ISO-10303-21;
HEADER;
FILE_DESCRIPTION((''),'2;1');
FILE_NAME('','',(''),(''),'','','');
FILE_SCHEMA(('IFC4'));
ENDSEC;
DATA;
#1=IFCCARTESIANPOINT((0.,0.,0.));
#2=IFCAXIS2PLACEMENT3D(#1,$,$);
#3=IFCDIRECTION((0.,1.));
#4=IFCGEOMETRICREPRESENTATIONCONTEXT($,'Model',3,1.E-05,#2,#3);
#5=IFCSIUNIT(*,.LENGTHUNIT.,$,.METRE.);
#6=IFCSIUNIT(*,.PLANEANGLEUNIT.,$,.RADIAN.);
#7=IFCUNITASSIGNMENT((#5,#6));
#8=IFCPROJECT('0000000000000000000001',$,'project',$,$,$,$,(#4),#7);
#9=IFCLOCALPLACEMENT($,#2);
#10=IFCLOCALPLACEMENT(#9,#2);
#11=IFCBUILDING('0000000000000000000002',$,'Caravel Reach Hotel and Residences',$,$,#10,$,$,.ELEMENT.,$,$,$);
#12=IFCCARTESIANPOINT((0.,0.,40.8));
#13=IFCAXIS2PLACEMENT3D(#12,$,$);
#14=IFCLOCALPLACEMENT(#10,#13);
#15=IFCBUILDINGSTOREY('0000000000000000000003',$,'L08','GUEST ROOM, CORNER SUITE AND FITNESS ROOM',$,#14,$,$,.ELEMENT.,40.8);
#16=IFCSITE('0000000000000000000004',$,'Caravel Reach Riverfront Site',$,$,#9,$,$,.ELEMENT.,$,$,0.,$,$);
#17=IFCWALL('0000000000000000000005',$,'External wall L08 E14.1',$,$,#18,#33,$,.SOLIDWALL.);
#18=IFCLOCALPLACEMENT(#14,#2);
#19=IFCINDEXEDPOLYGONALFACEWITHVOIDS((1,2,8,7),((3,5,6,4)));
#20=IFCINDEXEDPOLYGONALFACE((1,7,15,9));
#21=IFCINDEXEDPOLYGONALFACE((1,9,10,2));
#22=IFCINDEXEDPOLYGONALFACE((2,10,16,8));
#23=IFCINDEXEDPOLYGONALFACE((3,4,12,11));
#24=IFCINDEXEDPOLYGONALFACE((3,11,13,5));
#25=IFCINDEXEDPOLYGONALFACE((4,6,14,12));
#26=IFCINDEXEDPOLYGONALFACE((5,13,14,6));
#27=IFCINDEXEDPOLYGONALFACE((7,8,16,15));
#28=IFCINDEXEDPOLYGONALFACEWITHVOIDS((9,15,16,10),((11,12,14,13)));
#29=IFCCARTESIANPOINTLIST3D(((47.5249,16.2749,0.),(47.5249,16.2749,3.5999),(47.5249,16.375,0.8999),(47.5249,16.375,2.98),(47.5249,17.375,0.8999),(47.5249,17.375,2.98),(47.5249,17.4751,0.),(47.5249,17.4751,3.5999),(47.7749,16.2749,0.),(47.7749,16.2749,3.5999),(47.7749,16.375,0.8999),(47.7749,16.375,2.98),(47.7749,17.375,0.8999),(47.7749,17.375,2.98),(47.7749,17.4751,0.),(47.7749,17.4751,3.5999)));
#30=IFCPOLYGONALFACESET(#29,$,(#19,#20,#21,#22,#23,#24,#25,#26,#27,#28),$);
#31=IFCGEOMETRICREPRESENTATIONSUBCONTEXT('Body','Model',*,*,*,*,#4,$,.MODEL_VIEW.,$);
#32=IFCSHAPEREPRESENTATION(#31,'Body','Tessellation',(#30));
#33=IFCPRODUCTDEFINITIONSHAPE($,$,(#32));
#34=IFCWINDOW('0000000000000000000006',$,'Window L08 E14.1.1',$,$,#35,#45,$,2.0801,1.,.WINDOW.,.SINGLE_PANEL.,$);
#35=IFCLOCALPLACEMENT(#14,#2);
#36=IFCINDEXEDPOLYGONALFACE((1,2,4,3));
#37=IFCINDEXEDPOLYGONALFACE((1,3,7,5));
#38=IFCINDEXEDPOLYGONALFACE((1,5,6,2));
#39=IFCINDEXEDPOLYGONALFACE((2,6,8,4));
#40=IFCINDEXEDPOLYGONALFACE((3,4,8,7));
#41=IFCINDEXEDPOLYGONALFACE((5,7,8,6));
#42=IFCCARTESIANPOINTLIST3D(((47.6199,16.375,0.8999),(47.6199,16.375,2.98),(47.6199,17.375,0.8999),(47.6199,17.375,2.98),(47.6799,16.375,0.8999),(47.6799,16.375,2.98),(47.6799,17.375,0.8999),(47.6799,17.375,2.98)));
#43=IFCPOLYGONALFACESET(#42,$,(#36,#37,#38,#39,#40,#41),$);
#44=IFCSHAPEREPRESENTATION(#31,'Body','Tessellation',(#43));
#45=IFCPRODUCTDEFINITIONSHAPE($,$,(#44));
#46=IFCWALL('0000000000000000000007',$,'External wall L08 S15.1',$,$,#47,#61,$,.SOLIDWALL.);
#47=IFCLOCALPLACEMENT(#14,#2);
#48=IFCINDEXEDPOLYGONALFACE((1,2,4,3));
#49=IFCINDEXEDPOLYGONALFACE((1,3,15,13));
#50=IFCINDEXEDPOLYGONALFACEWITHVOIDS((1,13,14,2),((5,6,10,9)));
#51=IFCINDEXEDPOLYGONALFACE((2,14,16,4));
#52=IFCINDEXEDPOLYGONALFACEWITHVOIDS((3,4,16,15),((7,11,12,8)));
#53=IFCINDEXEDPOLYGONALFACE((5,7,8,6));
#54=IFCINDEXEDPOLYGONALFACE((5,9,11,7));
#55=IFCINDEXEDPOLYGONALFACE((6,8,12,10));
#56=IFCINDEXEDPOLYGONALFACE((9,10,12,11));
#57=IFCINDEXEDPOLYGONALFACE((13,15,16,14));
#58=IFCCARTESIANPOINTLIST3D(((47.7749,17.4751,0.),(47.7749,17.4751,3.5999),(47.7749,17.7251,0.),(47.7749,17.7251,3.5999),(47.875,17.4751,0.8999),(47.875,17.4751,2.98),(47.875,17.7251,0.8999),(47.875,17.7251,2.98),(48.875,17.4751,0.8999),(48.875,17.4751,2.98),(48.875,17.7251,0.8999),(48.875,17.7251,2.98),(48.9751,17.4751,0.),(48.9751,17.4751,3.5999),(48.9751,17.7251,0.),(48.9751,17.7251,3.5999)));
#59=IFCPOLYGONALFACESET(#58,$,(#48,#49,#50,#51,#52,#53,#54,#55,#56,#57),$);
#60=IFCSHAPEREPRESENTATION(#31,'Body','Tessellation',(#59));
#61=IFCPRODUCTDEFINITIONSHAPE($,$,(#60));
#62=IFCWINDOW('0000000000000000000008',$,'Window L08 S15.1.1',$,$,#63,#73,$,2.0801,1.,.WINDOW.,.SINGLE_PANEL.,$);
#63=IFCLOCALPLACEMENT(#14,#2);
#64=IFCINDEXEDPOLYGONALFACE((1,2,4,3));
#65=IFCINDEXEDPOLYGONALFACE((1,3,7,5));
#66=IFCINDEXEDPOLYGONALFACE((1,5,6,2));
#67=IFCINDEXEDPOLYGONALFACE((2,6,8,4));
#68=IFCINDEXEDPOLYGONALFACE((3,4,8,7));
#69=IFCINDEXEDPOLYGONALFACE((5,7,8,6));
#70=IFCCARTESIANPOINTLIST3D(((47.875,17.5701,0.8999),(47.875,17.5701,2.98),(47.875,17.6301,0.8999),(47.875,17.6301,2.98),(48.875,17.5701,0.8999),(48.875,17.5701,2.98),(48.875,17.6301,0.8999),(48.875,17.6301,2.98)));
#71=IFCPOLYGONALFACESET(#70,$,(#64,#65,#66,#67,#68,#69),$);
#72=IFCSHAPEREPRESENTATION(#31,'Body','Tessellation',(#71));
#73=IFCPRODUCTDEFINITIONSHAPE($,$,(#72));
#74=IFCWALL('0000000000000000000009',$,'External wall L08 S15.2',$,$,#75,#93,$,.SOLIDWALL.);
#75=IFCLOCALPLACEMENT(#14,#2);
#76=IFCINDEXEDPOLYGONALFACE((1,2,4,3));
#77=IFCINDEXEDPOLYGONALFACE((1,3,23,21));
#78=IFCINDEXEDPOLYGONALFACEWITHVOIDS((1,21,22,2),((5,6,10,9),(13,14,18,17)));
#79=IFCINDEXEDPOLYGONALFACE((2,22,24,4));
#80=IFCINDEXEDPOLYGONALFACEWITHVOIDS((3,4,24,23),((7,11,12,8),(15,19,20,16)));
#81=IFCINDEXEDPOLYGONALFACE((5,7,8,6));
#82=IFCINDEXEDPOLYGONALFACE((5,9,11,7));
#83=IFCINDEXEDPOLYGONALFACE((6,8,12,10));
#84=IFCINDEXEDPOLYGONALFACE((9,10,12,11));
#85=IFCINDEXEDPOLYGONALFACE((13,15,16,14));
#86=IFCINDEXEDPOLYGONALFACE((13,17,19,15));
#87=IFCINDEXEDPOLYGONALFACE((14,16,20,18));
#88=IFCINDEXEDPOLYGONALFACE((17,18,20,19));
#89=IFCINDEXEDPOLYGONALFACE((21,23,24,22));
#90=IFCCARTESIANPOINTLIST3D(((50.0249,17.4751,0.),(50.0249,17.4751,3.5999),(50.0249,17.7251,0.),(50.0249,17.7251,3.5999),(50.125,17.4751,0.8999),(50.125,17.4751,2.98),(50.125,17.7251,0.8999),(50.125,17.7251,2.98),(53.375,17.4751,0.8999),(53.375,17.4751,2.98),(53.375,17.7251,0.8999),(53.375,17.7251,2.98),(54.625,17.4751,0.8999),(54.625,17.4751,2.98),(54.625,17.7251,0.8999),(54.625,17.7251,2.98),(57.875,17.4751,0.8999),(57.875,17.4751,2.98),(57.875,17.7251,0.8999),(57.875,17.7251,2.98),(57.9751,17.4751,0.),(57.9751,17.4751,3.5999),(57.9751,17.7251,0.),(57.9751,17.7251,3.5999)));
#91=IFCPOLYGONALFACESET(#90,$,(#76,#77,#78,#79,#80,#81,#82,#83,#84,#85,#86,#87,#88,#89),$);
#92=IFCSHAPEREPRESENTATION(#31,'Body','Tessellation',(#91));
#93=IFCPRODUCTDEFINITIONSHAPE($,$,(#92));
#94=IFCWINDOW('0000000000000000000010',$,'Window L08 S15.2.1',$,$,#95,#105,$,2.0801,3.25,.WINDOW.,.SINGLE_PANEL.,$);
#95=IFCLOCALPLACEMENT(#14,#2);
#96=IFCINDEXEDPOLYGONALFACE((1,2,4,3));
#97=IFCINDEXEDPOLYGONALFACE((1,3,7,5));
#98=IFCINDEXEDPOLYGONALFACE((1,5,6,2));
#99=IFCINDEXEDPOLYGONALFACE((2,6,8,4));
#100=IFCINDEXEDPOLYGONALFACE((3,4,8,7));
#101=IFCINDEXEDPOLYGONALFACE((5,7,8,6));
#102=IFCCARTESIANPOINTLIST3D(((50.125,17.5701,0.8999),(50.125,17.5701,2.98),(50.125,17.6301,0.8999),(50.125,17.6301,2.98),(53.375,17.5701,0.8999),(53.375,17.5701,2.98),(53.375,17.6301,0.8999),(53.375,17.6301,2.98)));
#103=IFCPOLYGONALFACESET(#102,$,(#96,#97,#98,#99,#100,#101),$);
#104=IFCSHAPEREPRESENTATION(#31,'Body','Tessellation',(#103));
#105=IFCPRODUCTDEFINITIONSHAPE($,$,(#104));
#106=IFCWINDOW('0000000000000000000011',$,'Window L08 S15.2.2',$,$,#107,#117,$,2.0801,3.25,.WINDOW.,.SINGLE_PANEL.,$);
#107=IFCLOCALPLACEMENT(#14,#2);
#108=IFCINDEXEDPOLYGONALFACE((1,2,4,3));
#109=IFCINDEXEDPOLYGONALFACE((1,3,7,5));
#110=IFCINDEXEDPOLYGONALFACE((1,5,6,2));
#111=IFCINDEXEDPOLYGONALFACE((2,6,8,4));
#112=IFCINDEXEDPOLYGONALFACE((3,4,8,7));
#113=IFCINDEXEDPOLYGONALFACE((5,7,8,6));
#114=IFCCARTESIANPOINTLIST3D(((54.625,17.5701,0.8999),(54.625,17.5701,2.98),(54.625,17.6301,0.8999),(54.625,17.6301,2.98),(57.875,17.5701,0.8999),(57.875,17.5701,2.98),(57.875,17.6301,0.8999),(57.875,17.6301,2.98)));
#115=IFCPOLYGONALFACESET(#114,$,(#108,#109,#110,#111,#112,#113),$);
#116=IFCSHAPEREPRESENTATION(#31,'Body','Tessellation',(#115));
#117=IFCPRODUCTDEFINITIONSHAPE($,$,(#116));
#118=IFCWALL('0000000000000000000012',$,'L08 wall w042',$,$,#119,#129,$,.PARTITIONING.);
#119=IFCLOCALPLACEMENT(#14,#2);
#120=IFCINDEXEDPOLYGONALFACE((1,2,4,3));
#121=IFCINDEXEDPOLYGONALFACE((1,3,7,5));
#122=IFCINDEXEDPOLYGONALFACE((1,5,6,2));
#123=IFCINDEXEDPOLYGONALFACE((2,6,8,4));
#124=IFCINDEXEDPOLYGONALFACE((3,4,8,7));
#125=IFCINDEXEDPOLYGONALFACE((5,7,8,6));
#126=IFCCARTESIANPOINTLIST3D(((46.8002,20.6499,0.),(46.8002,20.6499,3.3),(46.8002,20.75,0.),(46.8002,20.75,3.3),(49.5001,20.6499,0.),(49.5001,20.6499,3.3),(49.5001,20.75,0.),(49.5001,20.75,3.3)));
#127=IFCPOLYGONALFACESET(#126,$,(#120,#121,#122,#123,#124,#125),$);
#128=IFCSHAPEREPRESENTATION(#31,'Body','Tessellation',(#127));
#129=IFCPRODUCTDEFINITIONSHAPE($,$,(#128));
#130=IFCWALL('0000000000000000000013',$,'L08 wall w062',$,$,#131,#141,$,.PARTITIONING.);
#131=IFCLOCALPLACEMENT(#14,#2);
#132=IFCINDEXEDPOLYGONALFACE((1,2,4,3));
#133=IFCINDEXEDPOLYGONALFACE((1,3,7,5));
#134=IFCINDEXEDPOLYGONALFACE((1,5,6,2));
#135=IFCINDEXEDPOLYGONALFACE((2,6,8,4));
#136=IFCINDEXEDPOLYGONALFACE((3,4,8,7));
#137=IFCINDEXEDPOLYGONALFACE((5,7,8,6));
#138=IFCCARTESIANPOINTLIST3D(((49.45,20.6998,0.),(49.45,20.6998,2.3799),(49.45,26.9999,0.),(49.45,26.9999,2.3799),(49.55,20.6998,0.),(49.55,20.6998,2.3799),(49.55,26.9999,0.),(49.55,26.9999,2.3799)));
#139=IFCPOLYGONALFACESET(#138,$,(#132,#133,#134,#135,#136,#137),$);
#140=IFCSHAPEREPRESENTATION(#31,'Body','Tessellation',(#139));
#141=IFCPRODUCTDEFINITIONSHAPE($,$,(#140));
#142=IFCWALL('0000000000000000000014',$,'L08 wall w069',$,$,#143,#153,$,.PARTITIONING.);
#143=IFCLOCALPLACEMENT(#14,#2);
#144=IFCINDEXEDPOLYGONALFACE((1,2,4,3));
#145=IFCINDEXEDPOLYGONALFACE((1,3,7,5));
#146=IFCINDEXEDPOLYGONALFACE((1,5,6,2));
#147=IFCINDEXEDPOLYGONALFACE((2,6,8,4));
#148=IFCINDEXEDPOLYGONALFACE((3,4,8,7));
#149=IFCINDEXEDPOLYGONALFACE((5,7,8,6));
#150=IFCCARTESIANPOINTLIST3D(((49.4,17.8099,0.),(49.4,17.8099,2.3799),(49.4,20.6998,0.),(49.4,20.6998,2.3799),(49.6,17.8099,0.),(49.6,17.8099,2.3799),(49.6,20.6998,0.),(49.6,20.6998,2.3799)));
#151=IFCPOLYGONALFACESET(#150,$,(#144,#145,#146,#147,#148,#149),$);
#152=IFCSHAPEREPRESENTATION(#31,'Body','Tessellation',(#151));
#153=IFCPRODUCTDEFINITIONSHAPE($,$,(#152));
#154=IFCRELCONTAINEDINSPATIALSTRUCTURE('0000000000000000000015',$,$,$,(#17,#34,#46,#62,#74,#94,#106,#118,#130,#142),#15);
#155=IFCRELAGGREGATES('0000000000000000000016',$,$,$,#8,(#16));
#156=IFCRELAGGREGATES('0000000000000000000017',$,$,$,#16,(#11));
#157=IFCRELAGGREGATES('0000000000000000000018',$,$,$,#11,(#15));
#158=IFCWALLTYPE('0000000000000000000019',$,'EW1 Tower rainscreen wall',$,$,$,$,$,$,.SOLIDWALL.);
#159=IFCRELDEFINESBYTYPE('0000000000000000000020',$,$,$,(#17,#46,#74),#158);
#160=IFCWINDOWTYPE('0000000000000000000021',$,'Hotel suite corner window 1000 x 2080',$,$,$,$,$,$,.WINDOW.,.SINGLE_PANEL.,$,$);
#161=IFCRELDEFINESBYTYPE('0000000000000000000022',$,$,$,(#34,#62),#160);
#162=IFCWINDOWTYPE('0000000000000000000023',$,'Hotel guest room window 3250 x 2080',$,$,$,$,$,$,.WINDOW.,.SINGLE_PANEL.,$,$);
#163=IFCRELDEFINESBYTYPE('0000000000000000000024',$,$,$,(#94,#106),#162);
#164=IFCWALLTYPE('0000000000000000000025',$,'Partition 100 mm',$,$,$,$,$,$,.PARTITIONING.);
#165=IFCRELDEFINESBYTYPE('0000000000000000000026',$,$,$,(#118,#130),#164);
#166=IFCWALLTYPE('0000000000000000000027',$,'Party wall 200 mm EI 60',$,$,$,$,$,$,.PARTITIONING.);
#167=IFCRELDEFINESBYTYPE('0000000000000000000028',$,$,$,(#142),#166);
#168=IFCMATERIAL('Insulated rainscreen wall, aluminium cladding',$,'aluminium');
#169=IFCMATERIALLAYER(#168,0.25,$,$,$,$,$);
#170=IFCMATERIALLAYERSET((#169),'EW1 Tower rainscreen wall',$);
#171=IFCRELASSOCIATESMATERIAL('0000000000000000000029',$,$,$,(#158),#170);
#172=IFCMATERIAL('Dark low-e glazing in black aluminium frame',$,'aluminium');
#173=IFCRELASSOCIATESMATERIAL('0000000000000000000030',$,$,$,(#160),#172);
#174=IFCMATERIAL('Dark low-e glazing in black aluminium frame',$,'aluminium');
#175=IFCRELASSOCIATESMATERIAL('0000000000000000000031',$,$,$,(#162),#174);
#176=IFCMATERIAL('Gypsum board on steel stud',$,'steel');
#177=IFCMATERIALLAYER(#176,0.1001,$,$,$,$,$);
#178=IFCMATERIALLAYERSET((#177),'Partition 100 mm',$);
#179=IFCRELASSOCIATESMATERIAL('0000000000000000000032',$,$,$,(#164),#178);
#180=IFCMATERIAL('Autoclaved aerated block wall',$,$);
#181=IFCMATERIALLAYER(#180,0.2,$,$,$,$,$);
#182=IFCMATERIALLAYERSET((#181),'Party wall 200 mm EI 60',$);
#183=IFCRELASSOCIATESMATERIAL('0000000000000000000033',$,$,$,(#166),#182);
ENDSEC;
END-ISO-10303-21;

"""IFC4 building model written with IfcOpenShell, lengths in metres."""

from ifc_helpers import new_model, si_unit, direction, frame, frame_2d, origin, place, context, subcontext, project, spatial, rectangle, extrude, material, layer, layer_set, type_object, element, fill, save


model = new_model("IFC4")

# Units and contexts
model_context = context("Model", 3, precision=1e-05, world=origin(), true_north=direction((0.0, 1.0)))
body_context = subcontext(model_context, "Body", "Model", "MODEL_VIEW")
ifc_project = project(units=[si_unit("LENGTHUNIT", "METRE"), si_unit("PLANEANGLEUNIT", "RADIAN")], contexts=[model_context])

# Site, building, storey
site_placement = place(None, origin())
site = spatial("IfcSite", under=ifc_project, at=site_placement, Name="Caravel Reach Riverfront Site", CompositionType="ELEMENT", RefElevation=0.0)
building_placement = place(site_placement, origin())
building = spatial("IfcBuilding", under=site, at=building_placement, Name="Caravel Reach Hotel and Residences", CompositionType="ELEMENT")
storey_placement = place(building_placement, frame((0.0, 0.0, 40.8)))
storey = spatial("IfcBuildingStorey", under=building, at=storey_placement, Name="L08", Description="GUEST ROOM, CORNER SUITE AND FITNESS ROOM", CompositionType="ELEMENT", Elevation=40.8)

# Walls, openings, windows
ifc_material_1 = material(Name="Insulated rainscreen wall, aluminium cladding", Category="aluminium")
ifc_layer_1 = layer(ifc_material_1, 0.25)
ifc_layer_set_1 = layer_set([ifc_layer_1], Name="EW1 Tower rainscreen wall")
wall_type_1 = type_object("IfcWallType", Name="EW1 Tower rainscreen wall", PredefinedType="SOLIDWALL", material=ifc_layer_set_1)
ifc_material_2 = material(Name="Dark low-e glazing in black aluminium frame", Category="aluminium")
window_type_1 = type_object("IfcWindowType", Name="Hotel suite corner window 1000 x 2080", PartitioningType="SINGLE_PANEL", PredefinedType="WINDOW", material=ifc_material_2)
wall_1_placement = place(storey_placement, frame((47.6499, 16.2749, 0.0), z_axis=(0.0, 0.0, 1.0), x_axis=(0.0, 1.0, 0.0)))
wall_1 = element("IfcWall", 1, at=wall_1_placement, inside=storey, type_object=wall_type_1, Name="External wall L08 E14.1", PredefinedType="SOLIDWALL", context=body_context, shape_type="SweptSolid", body=[
    extrude(rectangle(XDim=1.2002, YDim=0.25, at=frame_2d((0.6001, 0.0))), origin(), (0.0, 0.0, 1.0), 3.5999),
])
opening_1_placement = place(wall_1_placement, frame((0.1001, 0.0, 0.8999)))
opening_1 = element("IfcOpeningElement", 2, at=opening_1_placement, cuts=wall_1, PredefinedType="OPENING", context=body_context, shape_type="SweptSolid", body=[
    extrude(rectangle(XDim=1.0, YDim=2.0801, at=frame_2d((0.5, 1.04))), frame((0.0, 0.135, 0.0), z_axis=(0.0, -1.0, 0.0), x_axis=(1.0, 0.0, 0.0)), (0.0, 0.0, 1.0), 0.27),
])
window_1_placement = place(opening_1_placement, origin())
window_1 = element("IfcWindow", 3, at=window_1_placement, inside=storey, type_object=window_type_1, Name="Window L08 E14.1.1", OverallHeight=2.0801, OverallWidth=1.0, PartitioningType="SINGLE_PANEL", PredefinedType="WINDOW", context=body_context, shape_type="SweptSolid", body=[
    extrude(rectangle(XDim=1.0, YDim=2.0801, at=frame_2d((0.5, 1.04))), frame((0.0, 0.03, 0.0), z_axis=(0.0, -1.0, 0.0), x_axis=(1.0, 0.0, 0.0)), (0.0, 0.0, 1.0), 0.0601),
])
fill(opening_1, window_1)
wall_2_placement = place(storey_placement, frame((47.7749, 17.6001, 0.0), z_axis=(0.0, 0.0, 1.0), x_axis=(1.0, 0.0, 0.0)))
wall_2 = element("IfcWall", 4, at=wall_2_placement, inside=storey, type_object=wall_type_1, Name="External wall L08 S15.1", PredefinedType="SOLIDWALL", context=body_context, shape_type="SweptSolid", body=[
    extrude(rectangle(XDim=1.2002, YDim=0.25, at=frame_2d((0.6001, 0.0))), origin(), (0.0, 0.0, 1.0), 3.5999),
])
opening_2_placement = place(wall_2_placement, frame((0.1001, 0.0, 0.8999)))
opening_2 = element("IfcOpeningElement", 5, at=opening_2_placement, cuts=wall_2, PredefinedType="OPENING", context=body_context, shape_type="SweptSolid", body=[
    extrude(rectangle(XDim=1.0, YDim=2.0801, at=frame_2d((0.5, 1.04))), frame((0.0, 0.135, 0.0), z_axis=(0.0, -1.0, 0.0), x_axis=(1.0, 0.0, 0.0)), (0.0, 0.0, 1.0), 0.27),
])
window_2_placement = place(opening_2_placement, origin())
window_2 = element("IfcWindow", 6, at=window_2_placement, inside=storey, type_object=window_type_1, Name="Window L08 S15.1.1", OverallHeight=2.0801, OverallWidth=1.0, PartitioningType="SINGLE_PANEL", PredefinedType="WINDOW", context=body_context, shape_type="SweptSolid", body=[
    extrude(rectangle(XDim=1.0, YDim=2.0801, at=frame_2d((0.5, 1.04))), frame((0.0, 0.03, 0.0), z_axis=(0.0, -1.0, 0.0), x_axis=(1.0, 0.0, 0.0)), (0.0, 0.0, 1.0), 0.0601),
])
fill(opening_2, window_2)

# Wall, openings, windows
wall_3_placement = place(storey_placement, frame((50.0249, 17.6001, 0.0), z_axis=(0.0, 0.0, 1.0), x_axis=(1.0, 0.0, 0.0)))
wall_3 = element("IfcWall", 7, at=wall_3_placement, inside=storey, type_object=wall_type_1, Name="External wall L08 S15.2", PredefinedType="SOLIDWALL", context=body_context, shape_type="SweptSolid", body=[
    extrude(rectangle(XDim=7.9502, YDim=0.25, at=frame_2d((3.9751, 0.0))), origin(), (0.0, 0.0, 1.0), 3.5999),
])
opening_3_placement = place(wall_3_placement, frame((0.1001, 0.0, 0.8999)))
opening_3 = element("IfcOpeningElement", 8, at=opening_3_placement, cuts=wall_3, PredefinedType="OPENING", context=body_context, shape_type="SweptSolid", body=[
    extrude(rectangle(XDim=3.25, YDim=2.0801, at=frame_2d((1.625, 1.04))), frame((0.0, 0.135, 0.0), z_axis=(0.0, -1.0, 0.0), x_axis=(1.0, 0.0, 0.0)), (0.0, 0.0, 1.0), 0.27),
])
opening_4_placement = place(wall_3_placement, frame((4.6001, 0.0, 0.8999)))
opening_4 = element("IfcOpeningElement", 9, at=opening_4_placement, cuts=wall_3, PredefinedType="OPENING", context=body_context, shape_type="SweptSolid", body=[
    extrude(rectangle(XDim=3.25, YDim=2.0801, at=frame_2d((1.625, 1.04))), frame((0.0, 0.135, 0.0), z_axis=(0.0, -1.0, 0.0), x_axis=(1.0, 0.0, 0.0)), (0.0, 0.0, 1.0), 0.27),
])
ifc_material_3 = material(Name="Dark low-e glazing in black aluminium frame", Category="aluminium")
window_type_2 = type_object("IfcWindowType", Name="Hotel guest room window 3250 x 2080", PartitioningType="SINGLE_PANEL", PredefinedType="WINDOW", material=ifc_material_3)
window_3_placement = place(opening_3_placement, origin())
window_3 = element("IfcWindow", 10, at=window_3_placement, inside=storey, type_object=window_type_2, Name="Window L08 S15.2.1", OverallHeight=2.0801, OverallWidth=3.25, PartitioningType="SINGLE_PANEL", PredefinedType="WINDOW", context=body_context, shape_type="SweptSolid", body=[
    extrude(rectangle(XDim=3.25, YDim=2.0801, at=frame_2d((1.625, 1.04))), frame((0.0, 0.03, 0.0), z_axis=(0.0, -1.0, 0.0), x_axis=(1.0, 0.0, 0.0)), (0.0, 0.0, 1.0), 0.0601),
])
fill(opening_3, window_3)
window_4_placement = place(opening_4_placement, origin())
window_4 = element("IfcWindow", 11, at=window_4_placement, inside=storey, type_object=window_type_2, Name="Window L08 S15.2.2", OverallHeight=2.0801, OverallWidth=3.25, PartitioningType="SINGLE_PANEL", PredefinedType="WINDOW", context=body_context, shape_type="SweptSolid", body=[
    extrude(rectangle(XDim=3.25, YDim=2.0801, at=frame_2d((1.625, 1.04))), frame((0.0, 0.03, 0.0), z_axis=(0.0, -1.0, 0.0), x_axis=(1.0, 0.0, 0.0)), (0.0, 0.0, 1.0), 0.0601),
])
fill(opening_4, window_4)

# Walls
ifc_material_4 = material(Name="Gypsum board on steel stud", Category="steel")
ifc_layer_2 = layer(ifc_material_4, 0.1001)
ifc_layer_set_2 = layer_set([ifc_layer_2], Name="Partition 100 mm")
wall_type_2 = type_object("IfcWallType", Name="Partition 100 mm", PredefinedType="PARTITIONING", material=ifc_layer_set_2)
wall_4_placement = place(storey_placement, frame((46.8, 20.7, 0.0), z_axis=(0.0, 0.0, 1.0), x_axis=(1.0, 0.0, 0.0)))
element("IfcWall", 12, at=wall_4_placement, inside=storey, type_object=wall_type_2, Name="L08 wall w042", PredefinedType="PARTITIONING", context=body_context, shape_type="SweptSolid", body=[
    extrude(rectangle(XDim=2.7, YDim=0.1001, at=frame_2d((1.3501, 0.0))), origin(), (0.0, 0.0, 1.0), 3.3),
])
wall_5_placement = place(storey_placement, frame((49.5, 20.7, 0.0), z_axis=(0.0, 0.0, 1.0), x_axis=(0.0, 1.0, 0.0)))
element("IfcWall", 13, at=wall_5_placement, inside=storey, type_object=wall_type_2, Name="L08 wall w062", PredefinedType="PARTITIONING", context=body_context, shape_type="SweptSolid", body=[
    extrude(rectangle(XDim=6.3, YDim=0.1001, at=frame_2d((3.1499, 0.0))), origin(), (0.0, 0.0, 1.0), 2.3799),
])
ifc_material_5 = material(Name="Autoclaved aerated block wall")
ifc_layer_3 = layer(ifc_material_5, 0.2)
ifc_layer_set_3 = layer_set([ifc_layer_3], Name="Party wall 200 mm EI 60")
wall_type_3 = type_object("IfcWallType", Name="Party wall 200 mm EI 60", PredefinedType="PARTITIONING", material=ifc_layer_set_3)
wall_6_placement = place(storey_placement, frame((49.5, 17.8101, 0.0), z_axis=(0.0, 0.0, 1.0), x_axis=(0.0, 1.0, 0.0)))
element("IfcWall", 14, at=wall_6_placement, inside=storey, type_object=wall_type_3, Name="L08 wall w069", PredefinedType="PARTITIONING", context=body_context, shape_type="SweptSolid", body=[
    extrude(rectangle(XDim=2.8899, YDim=0.2, at=frame_2d((1.4448, 0.0))), origin(), (0.0, 0.0, 1.0), 2.3799),
])

save(model, "model.ifc")
